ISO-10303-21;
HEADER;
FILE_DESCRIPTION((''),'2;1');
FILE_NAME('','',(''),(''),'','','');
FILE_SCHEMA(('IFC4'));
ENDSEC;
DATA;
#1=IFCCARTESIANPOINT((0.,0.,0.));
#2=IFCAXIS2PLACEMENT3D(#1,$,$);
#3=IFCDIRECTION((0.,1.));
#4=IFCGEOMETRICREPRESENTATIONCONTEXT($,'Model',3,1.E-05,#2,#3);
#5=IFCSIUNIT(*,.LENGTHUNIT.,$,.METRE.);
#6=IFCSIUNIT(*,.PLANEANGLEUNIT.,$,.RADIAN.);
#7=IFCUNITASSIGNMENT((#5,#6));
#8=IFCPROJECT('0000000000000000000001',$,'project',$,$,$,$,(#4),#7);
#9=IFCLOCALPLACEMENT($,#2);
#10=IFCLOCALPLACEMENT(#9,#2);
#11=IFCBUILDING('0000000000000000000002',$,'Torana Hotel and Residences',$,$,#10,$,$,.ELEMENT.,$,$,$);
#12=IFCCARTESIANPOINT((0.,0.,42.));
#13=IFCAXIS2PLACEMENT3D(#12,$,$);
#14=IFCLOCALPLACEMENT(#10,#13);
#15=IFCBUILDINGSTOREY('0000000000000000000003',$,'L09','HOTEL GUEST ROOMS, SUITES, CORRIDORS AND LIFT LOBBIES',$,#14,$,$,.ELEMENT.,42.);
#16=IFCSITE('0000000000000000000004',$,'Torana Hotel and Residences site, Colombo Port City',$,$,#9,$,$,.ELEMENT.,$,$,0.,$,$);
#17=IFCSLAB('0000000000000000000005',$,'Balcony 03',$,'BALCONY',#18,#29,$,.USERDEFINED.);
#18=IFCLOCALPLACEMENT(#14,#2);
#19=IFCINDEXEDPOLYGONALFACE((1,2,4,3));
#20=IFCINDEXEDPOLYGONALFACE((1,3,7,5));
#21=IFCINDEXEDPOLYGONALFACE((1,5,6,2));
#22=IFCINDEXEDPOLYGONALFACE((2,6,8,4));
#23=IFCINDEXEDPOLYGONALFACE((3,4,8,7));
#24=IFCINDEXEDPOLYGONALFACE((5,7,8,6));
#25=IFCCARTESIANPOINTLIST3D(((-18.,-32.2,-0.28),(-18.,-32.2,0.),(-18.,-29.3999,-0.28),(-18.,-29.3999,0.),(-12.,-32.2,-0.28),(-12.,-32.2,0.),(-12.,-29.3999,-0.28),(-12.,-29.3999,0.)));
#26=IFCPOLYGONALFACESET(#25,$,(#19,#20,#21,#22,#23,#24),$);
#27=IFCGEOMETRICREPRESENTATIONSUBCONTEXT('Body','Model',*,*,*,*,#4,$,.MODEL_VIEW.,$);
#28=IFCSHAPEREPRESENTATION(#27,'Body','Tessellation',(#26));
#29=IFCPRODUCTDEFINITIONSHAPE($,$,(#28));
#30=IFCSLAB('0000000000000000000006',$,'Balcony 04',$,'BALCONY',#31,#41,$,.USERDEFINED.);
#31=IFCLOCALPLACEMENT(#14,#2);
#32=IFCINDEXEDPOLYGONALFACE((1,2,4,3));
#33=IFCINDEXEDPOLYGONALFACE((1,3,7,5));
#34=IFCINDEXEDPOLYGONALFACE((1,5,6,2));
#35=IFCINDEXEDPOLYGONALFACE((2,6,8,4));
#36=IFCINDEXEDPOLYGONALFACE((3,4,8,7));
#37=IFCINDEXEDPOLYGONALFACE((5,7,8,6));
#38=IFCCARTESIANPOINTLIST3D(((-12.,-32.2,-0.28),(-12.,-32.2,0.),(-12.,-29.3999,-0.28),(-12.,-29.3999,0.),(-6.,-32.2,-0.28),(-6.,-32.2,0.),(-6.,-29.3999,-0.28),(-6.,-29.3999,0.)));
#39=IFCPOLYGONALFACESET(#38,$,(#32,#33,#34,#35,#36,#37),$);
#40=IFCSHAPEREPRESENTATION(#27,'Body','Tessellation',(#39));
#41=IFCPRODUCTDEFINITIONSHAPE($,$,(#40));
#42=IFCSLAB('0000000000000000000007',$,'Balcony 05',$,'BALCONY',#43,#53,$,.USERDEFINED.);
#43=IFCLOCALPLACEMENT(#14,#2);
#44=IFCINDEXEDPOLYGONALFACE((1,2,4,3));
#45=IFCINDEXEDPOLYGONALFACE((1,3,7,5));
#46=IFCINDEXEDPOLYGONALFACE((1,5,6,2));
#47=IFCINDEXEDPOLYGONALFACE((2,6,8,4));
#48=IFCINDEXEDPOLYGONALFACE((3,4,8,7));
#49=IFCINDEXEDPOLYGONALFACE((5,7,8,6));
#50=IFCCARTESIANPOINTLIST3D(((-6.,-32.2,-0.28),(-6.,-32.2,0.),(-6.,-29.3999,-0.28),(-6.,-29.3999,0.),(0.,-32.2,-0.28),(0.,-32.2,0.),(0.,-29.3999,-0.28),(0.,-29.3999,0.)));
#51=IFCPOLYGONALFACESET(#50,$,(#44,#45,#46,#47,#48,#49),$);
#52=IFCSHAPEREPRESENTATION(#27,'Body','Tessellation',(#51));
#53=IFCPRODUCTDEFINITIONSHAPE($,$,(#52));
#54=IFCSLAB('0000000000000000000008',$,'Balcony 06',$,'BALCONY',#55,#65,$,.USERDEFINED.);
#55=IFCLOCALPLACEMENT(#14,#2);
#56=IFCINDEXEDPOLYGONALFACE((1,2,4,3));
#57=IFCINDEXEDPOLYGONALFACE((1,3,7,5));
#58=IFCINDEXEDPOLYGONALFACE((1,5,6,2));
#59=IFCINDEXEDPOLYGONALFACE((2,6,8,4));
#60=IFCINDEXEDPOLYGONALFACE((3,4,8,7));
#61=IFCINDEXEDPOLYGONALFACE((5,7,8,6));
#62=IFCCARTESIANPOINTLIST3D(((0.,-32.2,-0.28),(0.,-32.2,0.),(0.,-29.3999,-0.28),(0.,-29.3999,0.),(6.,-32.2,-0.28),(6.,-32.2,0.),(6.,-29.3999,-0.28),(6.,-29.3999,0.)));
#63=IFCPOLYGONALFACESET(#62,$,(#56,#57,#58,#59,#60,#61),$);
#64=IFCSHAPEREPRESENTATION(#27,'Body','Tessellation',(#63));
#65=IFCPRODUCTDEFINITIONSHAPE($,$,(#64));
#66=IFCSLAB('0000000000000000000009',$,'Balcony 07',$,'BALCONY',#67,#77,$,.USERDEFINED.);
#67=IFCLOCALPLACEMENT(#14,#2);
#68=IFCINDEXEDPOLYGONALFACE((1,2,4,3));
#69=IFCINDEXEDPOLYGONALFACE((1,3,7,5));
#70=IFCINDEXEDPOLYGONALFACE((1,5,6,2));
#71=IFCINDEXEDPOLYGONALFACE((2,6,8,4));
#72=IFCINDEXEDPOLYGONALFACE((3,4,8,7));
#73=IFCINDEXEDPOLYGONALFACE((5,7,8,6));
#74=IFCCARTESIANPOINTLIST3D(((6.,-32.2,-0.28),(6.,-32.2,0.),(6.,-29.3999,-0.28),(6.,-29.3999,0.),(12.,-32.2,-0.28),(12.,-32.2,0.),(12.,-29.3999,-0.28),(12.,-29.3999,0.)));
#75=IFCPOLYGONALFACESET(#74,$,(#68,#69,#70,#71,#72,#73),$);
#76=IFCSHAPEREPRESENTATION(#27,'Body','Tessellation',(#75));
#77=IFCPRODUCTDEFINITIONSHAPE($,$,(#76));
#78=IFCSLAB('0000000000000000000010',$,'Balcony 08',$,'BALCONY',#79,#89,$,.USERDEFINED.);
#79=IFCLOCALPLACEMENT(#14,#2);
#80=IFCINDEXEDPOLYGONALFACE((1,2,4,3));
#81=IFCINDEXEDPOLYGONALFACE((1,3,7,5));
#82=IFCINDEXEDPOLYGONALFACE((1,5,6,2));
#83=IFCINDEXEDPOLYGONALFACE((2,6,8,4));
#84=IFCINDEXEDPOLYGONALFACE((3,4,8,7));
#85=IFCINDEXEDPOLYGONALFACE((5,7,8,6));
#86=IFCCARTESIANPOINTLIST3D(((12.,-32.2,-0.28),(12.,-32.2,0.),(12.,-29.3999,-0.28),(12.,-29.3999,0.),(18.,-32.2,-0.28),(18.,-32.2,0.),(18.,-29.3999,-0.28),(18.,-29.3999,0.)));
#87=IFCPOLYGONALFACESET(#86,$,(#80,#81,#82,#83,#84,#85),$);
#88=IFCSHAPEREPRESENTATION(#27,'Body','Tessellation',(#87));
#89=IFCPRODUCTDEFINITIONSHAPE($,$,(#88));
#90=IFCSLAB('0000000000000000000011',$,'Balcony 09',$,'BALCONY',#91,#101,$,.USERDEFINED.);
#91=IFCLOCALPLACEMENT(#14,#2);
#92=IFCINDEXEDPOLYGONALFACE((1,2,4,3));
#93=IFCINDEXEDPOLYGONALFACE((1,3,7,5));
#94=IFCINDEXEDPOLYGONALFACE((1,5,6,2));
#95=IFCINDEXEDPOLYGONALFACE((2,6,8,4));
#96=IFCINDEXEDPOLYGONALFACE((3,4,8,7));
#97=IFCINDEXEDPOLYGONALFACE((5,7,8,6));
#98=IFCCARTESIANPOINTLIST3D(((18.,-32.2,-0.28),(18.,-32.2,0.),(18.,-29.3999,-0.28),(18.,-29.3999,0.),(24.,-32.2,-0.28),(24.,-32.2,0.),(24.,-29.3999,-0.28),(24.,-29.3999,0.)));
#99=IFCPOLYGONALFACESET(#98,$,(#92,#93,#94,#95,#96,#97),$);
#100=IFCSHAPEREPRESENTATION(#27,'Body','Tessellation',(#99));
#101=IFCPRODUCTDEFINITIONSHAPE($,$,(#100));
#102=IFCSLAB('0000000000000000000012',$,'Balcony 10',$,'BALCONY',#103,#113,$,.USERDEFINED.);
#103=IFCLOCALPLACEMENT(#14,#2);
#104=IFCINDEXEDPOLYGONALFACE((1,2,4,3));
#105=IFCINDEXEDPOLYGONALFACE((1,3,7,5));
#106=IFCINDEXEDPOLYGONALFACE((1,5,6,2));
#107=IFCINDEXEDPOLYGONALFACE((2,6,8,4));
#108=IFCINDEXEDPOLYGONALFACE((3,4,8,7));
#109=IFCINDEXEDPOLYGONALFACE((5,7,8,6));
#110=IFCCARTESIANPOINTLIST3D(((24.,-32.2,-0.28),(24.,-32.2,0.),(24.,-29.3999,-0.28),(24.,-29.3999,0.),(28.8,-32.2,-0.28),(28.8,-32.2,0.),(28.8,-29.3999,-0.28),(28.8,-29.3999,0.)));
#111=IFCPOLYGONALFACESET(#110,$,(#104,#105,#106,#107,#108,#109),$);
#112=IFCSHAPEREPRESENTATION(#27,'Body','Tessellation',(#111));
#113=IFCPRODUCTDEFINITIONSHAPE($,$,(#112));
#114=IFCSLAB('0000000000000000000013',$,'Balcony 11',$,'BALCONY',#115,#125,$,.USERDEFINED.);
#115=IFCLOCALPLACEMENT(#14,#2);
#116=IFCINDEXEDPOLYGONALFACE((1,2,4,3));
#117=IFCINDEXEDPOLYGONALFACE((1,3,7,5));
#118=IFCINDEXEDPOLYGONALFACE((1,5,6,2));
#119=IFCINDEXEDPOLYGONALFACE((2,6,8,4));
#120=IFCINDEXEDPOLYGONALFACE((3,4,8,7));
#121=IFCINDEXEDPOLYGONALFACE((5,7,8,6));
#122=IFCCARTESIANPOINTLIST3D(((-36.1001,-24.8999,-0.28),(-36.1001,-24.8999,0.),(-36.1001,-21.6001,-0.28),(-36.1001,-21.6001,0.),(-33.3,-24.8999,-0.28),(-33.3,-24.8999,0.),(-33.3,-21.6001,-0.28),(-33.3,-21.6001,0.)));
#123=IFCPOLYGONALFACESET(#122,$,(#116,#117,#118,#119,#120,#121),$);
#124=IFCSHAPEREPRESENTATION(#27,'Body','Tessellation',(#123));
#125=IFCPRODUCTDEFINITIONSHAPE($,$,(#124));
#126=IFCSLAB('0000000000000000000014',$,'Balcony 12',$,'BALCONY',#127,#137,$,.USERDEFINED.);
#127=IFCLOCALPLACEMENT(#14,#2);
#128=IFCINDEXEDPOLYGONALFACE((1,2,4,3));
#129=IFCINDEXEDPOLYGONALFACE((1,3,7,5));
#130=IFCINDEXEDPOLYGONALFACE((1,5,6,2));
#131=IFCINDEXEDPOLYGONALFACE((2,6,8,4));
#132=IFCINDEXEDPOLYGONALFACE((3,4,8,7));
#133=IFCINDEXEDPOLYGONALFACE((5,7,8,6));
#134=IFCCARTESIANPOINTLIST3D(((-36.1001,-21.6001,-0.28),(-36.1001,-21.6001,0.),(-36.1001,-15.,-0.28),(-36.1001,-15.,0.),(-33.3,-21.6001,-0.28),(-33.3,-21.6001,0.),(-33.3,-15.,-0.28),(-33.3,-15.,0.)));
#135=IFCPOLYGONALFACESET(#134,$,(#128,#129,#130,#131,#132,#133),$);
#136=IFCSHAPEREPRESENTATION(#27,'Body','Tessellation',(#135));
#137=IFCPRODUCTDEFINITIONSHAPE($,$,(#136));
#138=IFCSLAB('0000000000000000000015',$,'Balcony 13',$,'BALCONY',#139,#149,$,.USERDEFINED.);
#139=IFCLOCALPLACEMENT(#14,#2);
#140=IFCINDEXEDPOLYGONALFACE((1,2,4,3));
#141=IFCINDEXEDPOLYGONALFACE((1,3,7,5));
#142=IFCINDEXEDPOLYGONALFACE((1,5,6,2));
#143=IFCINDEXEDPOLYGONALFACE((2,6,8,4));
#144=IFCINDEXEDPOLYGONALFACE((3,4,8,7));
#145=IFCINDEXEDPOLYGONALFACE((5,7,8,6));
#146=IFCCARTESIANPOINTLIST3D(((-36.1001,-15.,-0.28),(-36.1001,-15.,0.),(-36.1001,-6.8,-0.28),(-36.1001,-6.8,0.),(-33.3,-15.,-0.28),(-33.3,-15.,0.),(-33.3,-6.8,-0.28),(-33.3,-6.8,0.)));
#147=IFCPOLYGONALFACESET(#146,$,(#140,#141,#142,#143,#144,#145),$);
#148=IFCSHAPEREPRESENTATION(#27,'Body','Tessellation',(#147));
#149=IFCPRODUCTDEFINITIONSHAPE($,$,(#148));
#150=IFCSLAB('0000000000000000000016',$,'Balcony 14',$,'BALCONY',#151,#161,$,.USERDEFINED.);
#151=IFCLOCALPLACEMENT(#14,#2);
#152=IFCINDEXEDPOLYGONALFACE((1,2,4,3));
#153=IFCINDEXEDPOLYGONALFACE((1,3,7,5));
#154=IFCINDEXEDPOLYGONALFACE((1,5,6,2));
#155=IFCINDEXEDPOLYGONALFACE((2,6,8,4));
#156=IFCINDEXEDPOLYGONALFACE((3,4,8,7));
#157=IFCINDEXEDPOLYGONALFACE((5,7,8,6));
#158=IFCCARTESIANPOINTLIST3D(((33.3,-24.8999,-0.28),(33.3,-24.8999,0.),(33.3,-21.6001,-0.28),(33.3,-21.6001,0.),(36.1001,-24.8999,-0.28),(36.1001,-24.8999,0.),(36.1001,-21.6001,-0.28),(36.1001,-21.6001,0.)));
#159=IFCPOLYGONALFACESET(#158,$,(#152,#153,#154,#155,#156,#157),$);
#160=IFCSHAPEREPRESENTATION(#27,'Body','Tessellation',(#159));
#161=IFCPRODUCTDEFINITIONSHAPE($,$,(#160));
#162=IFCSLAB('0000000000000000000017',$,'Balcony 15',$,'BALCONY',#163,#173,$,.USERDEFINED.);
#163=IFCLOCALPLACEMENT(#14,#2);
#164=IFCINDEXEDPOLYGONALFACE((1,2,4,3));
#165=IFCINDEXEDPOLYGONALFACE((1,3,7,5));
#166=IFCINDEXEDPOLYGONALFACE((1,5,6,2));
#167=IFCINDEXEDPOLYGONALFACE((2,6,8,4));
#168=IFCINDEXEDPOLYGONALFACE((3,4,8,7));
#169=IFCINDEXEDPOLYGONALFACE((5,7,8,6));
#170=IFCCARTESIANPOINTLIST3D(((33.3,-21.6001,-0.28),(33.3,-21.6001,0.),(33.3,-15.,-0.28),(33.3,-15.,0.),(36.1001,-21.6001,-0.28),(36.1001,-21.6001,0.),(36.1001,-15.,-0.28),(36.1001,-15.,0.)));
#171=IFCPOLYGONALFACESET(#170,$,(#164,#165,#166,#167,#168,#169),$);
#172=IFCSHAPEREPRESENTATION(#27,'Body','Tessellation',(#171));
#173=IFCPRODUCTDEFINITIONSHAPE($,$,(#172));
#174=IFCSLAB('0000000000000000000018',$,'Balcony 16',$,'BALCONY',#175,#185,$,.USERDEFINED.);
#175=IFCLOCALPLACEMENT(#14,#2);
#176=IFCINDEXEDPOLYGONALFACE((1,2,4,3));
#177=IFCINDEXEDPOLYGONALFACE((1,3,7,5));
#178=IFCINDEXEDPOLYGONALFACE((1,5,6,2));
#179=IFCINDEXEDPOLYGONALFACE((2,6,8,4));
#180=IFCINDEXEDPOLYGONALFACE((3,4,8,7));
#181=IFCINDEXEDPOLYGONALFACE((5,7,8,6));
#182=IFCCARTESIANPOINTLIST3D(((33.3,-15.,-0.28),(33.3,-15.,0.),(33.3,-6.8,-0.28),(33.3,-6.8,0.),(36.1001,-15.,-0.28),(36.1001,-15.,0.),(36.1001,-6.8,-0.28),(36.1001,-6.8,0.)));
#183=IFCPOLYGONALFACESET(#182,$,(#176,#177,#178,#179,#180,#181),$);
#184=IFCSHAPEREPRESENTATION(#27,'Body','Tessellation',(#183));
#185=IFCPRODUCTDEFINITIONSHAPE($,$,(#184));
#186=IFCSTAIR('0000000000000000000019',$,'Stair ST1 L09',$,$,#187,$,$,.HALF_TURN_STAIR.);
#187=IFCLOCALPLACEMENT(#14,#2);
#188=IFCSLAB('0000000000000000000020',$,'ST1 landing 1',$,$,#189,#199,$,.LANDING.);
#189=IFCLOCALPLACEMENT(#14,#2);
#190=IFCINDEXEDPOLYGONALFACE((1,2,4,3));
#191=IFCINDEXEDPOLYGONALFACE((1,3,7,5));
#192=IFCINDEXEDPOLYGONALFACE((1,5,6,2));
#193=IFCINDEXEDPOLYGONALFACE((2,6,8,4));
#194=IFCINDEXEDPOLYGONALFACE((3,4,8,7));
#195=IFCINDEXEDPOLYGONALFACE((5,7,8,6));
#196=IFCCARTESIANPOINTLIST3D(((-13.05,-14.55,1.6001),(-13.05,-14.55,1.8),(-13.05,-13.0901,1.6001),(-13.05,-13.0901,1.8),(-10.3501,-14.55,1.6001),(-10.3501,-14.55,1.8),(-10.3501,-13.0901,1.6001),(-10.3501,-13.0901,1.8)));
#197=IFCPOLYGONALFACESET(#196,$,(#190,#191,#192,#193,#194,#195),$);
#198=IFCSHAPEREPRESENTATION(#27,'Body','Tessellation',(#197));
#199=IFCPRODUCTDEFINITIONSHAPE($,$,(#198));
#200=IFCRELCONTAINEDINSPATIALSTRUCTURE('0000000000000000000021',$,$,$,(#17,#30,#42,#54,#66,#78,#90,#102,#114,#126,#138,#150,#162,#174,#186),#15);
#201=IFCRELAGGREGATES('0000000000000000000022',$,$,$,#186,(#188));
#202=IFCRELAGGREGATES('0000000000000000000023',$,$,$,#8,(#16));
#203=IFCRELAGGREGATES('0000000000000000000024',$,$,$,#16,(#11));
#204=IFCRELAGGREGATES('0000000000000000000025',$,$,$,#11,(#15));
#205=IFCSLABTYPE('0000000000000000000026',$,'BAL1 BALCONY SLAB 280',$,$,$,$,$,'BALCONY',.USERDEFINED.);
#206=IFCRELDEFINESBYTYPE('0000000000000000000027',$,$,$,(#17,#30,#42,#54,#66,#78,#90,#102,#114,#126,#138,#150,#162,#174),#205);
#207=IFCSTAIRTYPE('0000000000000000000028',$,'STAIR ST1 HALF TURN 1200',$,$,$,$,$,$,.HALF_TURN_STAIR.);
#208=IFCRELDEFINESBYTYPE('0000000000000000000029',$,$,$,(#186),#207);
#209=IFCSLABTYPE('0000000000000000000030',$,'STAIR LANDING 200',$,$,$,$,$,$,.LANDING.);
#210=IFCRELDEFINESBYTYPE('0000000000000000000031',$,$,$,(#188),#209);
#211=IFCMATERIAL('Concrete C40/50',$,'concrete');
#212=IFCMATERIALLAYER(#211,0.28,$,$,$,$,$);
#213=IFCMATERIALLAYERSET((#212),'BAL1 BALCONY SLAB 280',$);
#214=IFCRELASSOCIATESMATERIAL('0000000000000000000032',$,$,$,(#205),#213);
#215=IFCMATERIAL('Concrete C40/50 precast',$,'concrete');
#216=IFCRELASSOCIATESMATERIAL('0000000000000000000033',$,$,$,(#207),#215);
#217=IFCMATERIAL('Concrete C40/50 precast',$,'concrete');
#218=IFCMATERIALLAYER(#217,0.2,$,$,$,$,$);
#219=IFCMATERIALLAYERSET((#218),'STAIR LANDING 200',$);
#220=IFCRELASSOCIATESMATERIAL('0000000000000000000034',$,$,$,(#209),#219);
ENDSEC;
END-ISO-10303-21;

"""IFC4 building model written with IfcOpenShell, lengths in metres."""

from ifc_helpers import new_model, si_unit, direction, frame, origin, place, context, subcontext, project, spatial, polyline, outline, extrude, material, layer, layer_set, type_object, element, aggregate, save


model = new_model("IFC4")

# Units and contexts
model_context = context("Model", 3, precision=1e-05, world=origin(), true_north=direction((0.0, 1.0)))
body_context = subcontext(model_context, "Body", "Model", "MODEL_VIEW")
ifc_project = project(units=[si_unit("LENGTHUNIT", "METRE"), si_unit("PLANEANGLEUNIT", "RADIAN")], contexts=[model_context])

# Site, building, storey
site_placement = place(None, origin())
site = spatial("IfcSite", under=ifc_project, at=site_placement, Name="Torana Hotel and Residences site, Colombo Port City", CompositionType="ELEMENT", RefElevation=0.0)
building_placement = place(site_placement, origin())
building = spatial("IfcBuilding", under=site, at=building_placement, Name="Torana Hotel and Residences", CompositionType="ELEMENT")
storey_placement = place(building_placement, frame((0.0, 0.0, 42.0)))
storey = spatial("IfcBuildingStorey", under=building, at=storey_placement, Name="L09", Description="HOTEL GUEST ROOMS, SUITES, CORRIDORS AND LIFT LOBBIES", CompositionType="ELEMENT", Elevation=42.0)

# Slabs
ifc_material_1 = material(Name="Concrete C40/50", Category="concrete")
ifc_layer_1 = layer(ifc_material_1, 0.28)
ifc_layer_set_1 = layer_set([ifc_layer_1], Name="BAL1 BALCONY SLAB 280")
slab_type_1 = type_object("IfcSlabType", Name="BAL1 BALCONY SLAB 280", ElementType="BALCONY", PredefinedType="USERDEFINED", material=ifc_layer_set_1)
slab_1_placement = place(storey_placement, frame((0.0, 0.0, -0.28)))
element("IfcSlab", 1, at=slab_1_placement, inside=storey, type_object=slab_type_1, Name="Balcony 03", ObjectType="BALCONY", PredefinedType="USERDEFINED", context=body_context, shape_type="SweptSolid", body=[
    extrude(outline(polyline([(-18.0, -32.2), (-12.0, -32.2), (-12.0, -29.3999), (-18.0, -29.3999), (-18.0, -32.2)])), origin(), (0.0, 0.0, 1.0), 0.28),
])
slab_2_placement = place(storey_placement, frame((0.0, 0.0, -0.28)))
element("IfcSlab", 2, at=slab_2_placement, inside=storey, type_object=slab_type_1, Name="Balcony 04", ObjectType="BALCONY", PredefinedType="USERDEFINED", context=body_context, shape_type="SweptSolid", body=[
    extrude(outline(polyline([(-12.0, -32.2), (-6.0, -32.2), (-6.0, -29.3999), (-12.0, -29.3999), (-12.0, -32.2)])), origin(), (0.0, 0.0, 1.0), 0.28),
])
slab_3_placement = place(storey_placement, frame((0.0, 0.0, -0.28)))
element("IfcSlab", 3, at=slab_3_placement, inside=storey, type_object=slab_type_1, Name="Balcony 05", ObjectType="BALCONY", PredefinedType="USERDEFINED", context=body_context, shape_type="SweptSolid", body=[
    extrude(outline(polyline([(-6.0, -32.2), (0.0, -32.2), (0.0, -29.3999), (-6.0, -29.3999), (-6.0, -32.2)])), origin(), (0.0, 0.0, 1.0), 0.28),
])
slab_4_placement = place(storey_placement, frame((0.0, 0.0, -0.28)))
element("IfcSlab", 4, at=slab_4_placement, inside=storey, type_object=slab_type_1, Name="Balcony 06", ObjectType="BALCONY", PredefinedType="USERDEFINED", context=body_context, shape_type="SweptSolid", body=[
    extrude(outline(polyline([(0.0, -32.2), (6.0, -32.2), (6.0, -29.3999), (0.0, -29.3999), (0.0, -32.2)])), origin(), (0.0, 0.0, 1.0), 0.28),
])
slab_5_placement = place(storey_placement, frame((0.0, 0.0, -0.28)))
element("IfcSlab", 5, at=slab_5_placement, inside=storey, type_object=slab_type_1, Name="Balcony 07", ObjectType="BALCONY", PredefinedType="USERDEFINED", context=body_context, shape_type="SweptSolid", body=[
    extrude(outline(polyline([(6.0, -32.2), (12.0, -32.2), (12.0, -29.3999), (6.0, -29.3999), (6.0, -32.2)])), origin(), (0.0, 0.0, 1.0), 0.28),
])
slab_6_placement = place(storey_placement, frame((0.0, 0.0, -0.28)))
element("IfcSlab", 6, at=slab_6_placement, inside=storey, type_object=slab_type_1, Name="Balcony 08", ObjectType="BALCONY", PredefinedType="USERDEFINED", context=body_context, shape_type="SweptSolid", body=[
    extrude(outline(polyline([(12.0, -32.2), (18.0, -32.2), (18.0, -29.3999), (12.0, -29.3999), (12.0, -32.2)])), origin(), (0.0, 0.0, 1.0), 0.28),
])
slab_7_placement = place(storey_placement, frame((0.0, 0.0, -0.28)))
element("IfcSlab", 7, at=slab_7_placement, inside=storey, type_object=slab_type_1, Name="Balcony 09", ObjectType="BALCONY", PredefinedType="USERDEFINED", context=body_context, shape_type="SweptSolid", body=[
    extrude(outline(polyline([(18.0, -32.2), (24.0, -32.2), (24.0, -29.3999), (18.0, -29.3999), (18.0, -32.2)])), origin(), (0.0, 0.0, 1.0), 0.28),
])
slab_8_placement = place(storey_placement, frame((0.0, 0.0, -0.28)))
element("IfcSlab", 8, at=slab_8_placement, inside=storey, type_object=slab_type_1, Name="Balcony 10", ObjectType="BALCONY", PredefinedType="USERDEFINED", context=body_context, shape_type="SweptSolid", body=[
    extrude(outline(polyline([(24.0, -32.2), (28.8, -32.2), (28.8, -29.3999), (24.0, -29.3999), (24.0, -32.2)])), origin(), (0.0, 0.0, 1.0), 0.28),
])
slab_9_placement = place(storey_placement, frame((0.0, 0.0, -0.28)))
element("IfcSlab", 9, at=slab_9_placement, inside=storey, type_object=slab_type_1, Name="Balcony 11", ObjectType="BALCONY", PredefinedType="USERDEFINED", context=body_context, shape_type="SweptSolid", body=[
    extrude(outline(polyline([(-36.1001, -24.8999), (-33.3, -24.8999), (-33.3, -21.6001), (-36.1001, -21.6001), (-36.1001, -24.8999)])), origin(), (0.0, 0.0, 1.0), 0.28),
])
slab_10_placement = place(storey_placement, frame((0.0, 0.0, -0.28)))
element("IfcSlab", 10, at=slab_10_placement, inside=storey, type_object=slab_type_1, Name="Balcony 12", ObjectType="BALCONY", PredefinedType="USERDEFINED", context=body_context, shape_type="SweptSolid", body=[
    extrude(outline(polyline([(-36.1001, -21.6001), (-33.3, -21.6001), (-33.3, -15.0), (-36.1001, -15.0), (-36.1001, -21.6001)])), origin(), (0.0, 0.0, 1.0), 0.28),
])
slab_11_placement = place(storey_placement, frame((0.0, 0.0, -0.28)))
element("IfcSlab", 11, at=slab_11_placement, inside=storey, type_object=slab_type_1, Name="Balcony 13", ObjectType="BALCONY", PredefinedType="USERDEFINED", context=body_context, shape_type="SweptSolid", body=[
    extrude(outline(polyline([(-36.1001, -15.0), (-33.3, -15.0), (-33.3, -6.8), (-36.1001, -6.8), (-36.1001, -15.0)])), origin(), (0.0, 0.0, 1.0), 0.28),
])
slab_12_placement = place(storey_placement, frame((0.0, 0.0, -0.28)))
element("IfcSlab", 12, at=slab_12_placement, inside=storey, type_object=slab_type_1, Name="Balcony 14", ObjectType="BALCONY", PredefinedType="USERDEFINED", context=body_context, shape_type="SweptSolid", body=[
    extrude(outline(polyline([(33.3, -24.8999), (36.1001, -24.8999), (36.1001, -21.6001), (33.3, -21.6001), (33.3, -24.8999)])), origin(), (0.0, 0.0, 1.0), 0.28),
])
slab_13_placement = place(storey_placement, frame((0.0, 0.0, -0.28)))
element("IfcSlab", 13, at=slab_13_placement, inside=storey, type_object=slab_type_1, Name="Balcony 15", ObjectType="BALCONY", PredefinedType="USERDEFINED", context=body_context, shape_type="SweptSolid", body=[
    extrude(outline(polyline([(33.3, -21.6001), (36.1001, -21.6001), (36.1001, -15.0), (33.3, -15.0), (33.3, -21.6001)])), origin(), (0.0, 0.0, 1.0), 0.28),
])
slab_14_placement = place(storey_placement, frame((0.0, 0.0, -0.28)))
element("IfcSlab", 14, at=slab_14_placement, inside=storey, type_object=slab_type_1, Name="Balcony 16", ObjectType="BALCONY", PredefinedType="USERDEFINED", context=body_context, shape_type="SweptSolid", body=[
    extrude(outline(polyline([(33.3, -15.0), (36.1001, -15.0), (36.1001, -6.8), (33.3, -6.8), (33.3, -15.0)])), origin(), (0.0, 0.0, 1.0), 0.28),
])

# Stair, slab
ifc_material_2 = material(Name="Concrete C40/50 precast", Category="concrete")
stair_type_1 = type_object("IfcStairType", Name="STAIR ST1 HALF TURN 1200", PredefinedType="HALF_TURN_STAIR", material=ifc_material_2)
stair_1_placement = place(storey_placement, origin())
stair_1 = element("IfcStair", 15, at=stair_1_placement, inside=storey, type_object=stair_type_1, Name="Stair ST1 L09", PredefinedType="HALF_TURN_STAIR")
ifc_material_3 = material(Name="Concrete C40/50 precast", Category="concrete")
ifc_layer_2 = layer(ifc_material_3, 0.2)
ifc_layer_set_2 = layer_set([ifc_layer_2], Name="STAIR LANDING 200")
slab_type_2 = type_object("IfcSlabType", Name="STAIR LANDING 200", PredefinedType="LANDING", material=ifc_layer_set_2)
slab_15_placement = place(storey_placement, frame((0.0, 0.0, 1.6001)))
slab_15 = element("IfcSlab", 16, at=slab_15_placement, type_object=slab_type_2, Name="ST1 landing 1", PredefinedType="LANDING", context=body_context, shape_type="SweptSolid", body=[
    extrude(outline(polyline([(-13.05, -14.55), (-10.3501, -14.55), (-10.3501, -13.0901), (-13.05, -13.0901), (-13.05, -14.55)])), origin(), (0.0, 0.0, 1.0), 0.2),
])
aggregate(stair_1, [slab_15])

save(model, "model.ifc")
